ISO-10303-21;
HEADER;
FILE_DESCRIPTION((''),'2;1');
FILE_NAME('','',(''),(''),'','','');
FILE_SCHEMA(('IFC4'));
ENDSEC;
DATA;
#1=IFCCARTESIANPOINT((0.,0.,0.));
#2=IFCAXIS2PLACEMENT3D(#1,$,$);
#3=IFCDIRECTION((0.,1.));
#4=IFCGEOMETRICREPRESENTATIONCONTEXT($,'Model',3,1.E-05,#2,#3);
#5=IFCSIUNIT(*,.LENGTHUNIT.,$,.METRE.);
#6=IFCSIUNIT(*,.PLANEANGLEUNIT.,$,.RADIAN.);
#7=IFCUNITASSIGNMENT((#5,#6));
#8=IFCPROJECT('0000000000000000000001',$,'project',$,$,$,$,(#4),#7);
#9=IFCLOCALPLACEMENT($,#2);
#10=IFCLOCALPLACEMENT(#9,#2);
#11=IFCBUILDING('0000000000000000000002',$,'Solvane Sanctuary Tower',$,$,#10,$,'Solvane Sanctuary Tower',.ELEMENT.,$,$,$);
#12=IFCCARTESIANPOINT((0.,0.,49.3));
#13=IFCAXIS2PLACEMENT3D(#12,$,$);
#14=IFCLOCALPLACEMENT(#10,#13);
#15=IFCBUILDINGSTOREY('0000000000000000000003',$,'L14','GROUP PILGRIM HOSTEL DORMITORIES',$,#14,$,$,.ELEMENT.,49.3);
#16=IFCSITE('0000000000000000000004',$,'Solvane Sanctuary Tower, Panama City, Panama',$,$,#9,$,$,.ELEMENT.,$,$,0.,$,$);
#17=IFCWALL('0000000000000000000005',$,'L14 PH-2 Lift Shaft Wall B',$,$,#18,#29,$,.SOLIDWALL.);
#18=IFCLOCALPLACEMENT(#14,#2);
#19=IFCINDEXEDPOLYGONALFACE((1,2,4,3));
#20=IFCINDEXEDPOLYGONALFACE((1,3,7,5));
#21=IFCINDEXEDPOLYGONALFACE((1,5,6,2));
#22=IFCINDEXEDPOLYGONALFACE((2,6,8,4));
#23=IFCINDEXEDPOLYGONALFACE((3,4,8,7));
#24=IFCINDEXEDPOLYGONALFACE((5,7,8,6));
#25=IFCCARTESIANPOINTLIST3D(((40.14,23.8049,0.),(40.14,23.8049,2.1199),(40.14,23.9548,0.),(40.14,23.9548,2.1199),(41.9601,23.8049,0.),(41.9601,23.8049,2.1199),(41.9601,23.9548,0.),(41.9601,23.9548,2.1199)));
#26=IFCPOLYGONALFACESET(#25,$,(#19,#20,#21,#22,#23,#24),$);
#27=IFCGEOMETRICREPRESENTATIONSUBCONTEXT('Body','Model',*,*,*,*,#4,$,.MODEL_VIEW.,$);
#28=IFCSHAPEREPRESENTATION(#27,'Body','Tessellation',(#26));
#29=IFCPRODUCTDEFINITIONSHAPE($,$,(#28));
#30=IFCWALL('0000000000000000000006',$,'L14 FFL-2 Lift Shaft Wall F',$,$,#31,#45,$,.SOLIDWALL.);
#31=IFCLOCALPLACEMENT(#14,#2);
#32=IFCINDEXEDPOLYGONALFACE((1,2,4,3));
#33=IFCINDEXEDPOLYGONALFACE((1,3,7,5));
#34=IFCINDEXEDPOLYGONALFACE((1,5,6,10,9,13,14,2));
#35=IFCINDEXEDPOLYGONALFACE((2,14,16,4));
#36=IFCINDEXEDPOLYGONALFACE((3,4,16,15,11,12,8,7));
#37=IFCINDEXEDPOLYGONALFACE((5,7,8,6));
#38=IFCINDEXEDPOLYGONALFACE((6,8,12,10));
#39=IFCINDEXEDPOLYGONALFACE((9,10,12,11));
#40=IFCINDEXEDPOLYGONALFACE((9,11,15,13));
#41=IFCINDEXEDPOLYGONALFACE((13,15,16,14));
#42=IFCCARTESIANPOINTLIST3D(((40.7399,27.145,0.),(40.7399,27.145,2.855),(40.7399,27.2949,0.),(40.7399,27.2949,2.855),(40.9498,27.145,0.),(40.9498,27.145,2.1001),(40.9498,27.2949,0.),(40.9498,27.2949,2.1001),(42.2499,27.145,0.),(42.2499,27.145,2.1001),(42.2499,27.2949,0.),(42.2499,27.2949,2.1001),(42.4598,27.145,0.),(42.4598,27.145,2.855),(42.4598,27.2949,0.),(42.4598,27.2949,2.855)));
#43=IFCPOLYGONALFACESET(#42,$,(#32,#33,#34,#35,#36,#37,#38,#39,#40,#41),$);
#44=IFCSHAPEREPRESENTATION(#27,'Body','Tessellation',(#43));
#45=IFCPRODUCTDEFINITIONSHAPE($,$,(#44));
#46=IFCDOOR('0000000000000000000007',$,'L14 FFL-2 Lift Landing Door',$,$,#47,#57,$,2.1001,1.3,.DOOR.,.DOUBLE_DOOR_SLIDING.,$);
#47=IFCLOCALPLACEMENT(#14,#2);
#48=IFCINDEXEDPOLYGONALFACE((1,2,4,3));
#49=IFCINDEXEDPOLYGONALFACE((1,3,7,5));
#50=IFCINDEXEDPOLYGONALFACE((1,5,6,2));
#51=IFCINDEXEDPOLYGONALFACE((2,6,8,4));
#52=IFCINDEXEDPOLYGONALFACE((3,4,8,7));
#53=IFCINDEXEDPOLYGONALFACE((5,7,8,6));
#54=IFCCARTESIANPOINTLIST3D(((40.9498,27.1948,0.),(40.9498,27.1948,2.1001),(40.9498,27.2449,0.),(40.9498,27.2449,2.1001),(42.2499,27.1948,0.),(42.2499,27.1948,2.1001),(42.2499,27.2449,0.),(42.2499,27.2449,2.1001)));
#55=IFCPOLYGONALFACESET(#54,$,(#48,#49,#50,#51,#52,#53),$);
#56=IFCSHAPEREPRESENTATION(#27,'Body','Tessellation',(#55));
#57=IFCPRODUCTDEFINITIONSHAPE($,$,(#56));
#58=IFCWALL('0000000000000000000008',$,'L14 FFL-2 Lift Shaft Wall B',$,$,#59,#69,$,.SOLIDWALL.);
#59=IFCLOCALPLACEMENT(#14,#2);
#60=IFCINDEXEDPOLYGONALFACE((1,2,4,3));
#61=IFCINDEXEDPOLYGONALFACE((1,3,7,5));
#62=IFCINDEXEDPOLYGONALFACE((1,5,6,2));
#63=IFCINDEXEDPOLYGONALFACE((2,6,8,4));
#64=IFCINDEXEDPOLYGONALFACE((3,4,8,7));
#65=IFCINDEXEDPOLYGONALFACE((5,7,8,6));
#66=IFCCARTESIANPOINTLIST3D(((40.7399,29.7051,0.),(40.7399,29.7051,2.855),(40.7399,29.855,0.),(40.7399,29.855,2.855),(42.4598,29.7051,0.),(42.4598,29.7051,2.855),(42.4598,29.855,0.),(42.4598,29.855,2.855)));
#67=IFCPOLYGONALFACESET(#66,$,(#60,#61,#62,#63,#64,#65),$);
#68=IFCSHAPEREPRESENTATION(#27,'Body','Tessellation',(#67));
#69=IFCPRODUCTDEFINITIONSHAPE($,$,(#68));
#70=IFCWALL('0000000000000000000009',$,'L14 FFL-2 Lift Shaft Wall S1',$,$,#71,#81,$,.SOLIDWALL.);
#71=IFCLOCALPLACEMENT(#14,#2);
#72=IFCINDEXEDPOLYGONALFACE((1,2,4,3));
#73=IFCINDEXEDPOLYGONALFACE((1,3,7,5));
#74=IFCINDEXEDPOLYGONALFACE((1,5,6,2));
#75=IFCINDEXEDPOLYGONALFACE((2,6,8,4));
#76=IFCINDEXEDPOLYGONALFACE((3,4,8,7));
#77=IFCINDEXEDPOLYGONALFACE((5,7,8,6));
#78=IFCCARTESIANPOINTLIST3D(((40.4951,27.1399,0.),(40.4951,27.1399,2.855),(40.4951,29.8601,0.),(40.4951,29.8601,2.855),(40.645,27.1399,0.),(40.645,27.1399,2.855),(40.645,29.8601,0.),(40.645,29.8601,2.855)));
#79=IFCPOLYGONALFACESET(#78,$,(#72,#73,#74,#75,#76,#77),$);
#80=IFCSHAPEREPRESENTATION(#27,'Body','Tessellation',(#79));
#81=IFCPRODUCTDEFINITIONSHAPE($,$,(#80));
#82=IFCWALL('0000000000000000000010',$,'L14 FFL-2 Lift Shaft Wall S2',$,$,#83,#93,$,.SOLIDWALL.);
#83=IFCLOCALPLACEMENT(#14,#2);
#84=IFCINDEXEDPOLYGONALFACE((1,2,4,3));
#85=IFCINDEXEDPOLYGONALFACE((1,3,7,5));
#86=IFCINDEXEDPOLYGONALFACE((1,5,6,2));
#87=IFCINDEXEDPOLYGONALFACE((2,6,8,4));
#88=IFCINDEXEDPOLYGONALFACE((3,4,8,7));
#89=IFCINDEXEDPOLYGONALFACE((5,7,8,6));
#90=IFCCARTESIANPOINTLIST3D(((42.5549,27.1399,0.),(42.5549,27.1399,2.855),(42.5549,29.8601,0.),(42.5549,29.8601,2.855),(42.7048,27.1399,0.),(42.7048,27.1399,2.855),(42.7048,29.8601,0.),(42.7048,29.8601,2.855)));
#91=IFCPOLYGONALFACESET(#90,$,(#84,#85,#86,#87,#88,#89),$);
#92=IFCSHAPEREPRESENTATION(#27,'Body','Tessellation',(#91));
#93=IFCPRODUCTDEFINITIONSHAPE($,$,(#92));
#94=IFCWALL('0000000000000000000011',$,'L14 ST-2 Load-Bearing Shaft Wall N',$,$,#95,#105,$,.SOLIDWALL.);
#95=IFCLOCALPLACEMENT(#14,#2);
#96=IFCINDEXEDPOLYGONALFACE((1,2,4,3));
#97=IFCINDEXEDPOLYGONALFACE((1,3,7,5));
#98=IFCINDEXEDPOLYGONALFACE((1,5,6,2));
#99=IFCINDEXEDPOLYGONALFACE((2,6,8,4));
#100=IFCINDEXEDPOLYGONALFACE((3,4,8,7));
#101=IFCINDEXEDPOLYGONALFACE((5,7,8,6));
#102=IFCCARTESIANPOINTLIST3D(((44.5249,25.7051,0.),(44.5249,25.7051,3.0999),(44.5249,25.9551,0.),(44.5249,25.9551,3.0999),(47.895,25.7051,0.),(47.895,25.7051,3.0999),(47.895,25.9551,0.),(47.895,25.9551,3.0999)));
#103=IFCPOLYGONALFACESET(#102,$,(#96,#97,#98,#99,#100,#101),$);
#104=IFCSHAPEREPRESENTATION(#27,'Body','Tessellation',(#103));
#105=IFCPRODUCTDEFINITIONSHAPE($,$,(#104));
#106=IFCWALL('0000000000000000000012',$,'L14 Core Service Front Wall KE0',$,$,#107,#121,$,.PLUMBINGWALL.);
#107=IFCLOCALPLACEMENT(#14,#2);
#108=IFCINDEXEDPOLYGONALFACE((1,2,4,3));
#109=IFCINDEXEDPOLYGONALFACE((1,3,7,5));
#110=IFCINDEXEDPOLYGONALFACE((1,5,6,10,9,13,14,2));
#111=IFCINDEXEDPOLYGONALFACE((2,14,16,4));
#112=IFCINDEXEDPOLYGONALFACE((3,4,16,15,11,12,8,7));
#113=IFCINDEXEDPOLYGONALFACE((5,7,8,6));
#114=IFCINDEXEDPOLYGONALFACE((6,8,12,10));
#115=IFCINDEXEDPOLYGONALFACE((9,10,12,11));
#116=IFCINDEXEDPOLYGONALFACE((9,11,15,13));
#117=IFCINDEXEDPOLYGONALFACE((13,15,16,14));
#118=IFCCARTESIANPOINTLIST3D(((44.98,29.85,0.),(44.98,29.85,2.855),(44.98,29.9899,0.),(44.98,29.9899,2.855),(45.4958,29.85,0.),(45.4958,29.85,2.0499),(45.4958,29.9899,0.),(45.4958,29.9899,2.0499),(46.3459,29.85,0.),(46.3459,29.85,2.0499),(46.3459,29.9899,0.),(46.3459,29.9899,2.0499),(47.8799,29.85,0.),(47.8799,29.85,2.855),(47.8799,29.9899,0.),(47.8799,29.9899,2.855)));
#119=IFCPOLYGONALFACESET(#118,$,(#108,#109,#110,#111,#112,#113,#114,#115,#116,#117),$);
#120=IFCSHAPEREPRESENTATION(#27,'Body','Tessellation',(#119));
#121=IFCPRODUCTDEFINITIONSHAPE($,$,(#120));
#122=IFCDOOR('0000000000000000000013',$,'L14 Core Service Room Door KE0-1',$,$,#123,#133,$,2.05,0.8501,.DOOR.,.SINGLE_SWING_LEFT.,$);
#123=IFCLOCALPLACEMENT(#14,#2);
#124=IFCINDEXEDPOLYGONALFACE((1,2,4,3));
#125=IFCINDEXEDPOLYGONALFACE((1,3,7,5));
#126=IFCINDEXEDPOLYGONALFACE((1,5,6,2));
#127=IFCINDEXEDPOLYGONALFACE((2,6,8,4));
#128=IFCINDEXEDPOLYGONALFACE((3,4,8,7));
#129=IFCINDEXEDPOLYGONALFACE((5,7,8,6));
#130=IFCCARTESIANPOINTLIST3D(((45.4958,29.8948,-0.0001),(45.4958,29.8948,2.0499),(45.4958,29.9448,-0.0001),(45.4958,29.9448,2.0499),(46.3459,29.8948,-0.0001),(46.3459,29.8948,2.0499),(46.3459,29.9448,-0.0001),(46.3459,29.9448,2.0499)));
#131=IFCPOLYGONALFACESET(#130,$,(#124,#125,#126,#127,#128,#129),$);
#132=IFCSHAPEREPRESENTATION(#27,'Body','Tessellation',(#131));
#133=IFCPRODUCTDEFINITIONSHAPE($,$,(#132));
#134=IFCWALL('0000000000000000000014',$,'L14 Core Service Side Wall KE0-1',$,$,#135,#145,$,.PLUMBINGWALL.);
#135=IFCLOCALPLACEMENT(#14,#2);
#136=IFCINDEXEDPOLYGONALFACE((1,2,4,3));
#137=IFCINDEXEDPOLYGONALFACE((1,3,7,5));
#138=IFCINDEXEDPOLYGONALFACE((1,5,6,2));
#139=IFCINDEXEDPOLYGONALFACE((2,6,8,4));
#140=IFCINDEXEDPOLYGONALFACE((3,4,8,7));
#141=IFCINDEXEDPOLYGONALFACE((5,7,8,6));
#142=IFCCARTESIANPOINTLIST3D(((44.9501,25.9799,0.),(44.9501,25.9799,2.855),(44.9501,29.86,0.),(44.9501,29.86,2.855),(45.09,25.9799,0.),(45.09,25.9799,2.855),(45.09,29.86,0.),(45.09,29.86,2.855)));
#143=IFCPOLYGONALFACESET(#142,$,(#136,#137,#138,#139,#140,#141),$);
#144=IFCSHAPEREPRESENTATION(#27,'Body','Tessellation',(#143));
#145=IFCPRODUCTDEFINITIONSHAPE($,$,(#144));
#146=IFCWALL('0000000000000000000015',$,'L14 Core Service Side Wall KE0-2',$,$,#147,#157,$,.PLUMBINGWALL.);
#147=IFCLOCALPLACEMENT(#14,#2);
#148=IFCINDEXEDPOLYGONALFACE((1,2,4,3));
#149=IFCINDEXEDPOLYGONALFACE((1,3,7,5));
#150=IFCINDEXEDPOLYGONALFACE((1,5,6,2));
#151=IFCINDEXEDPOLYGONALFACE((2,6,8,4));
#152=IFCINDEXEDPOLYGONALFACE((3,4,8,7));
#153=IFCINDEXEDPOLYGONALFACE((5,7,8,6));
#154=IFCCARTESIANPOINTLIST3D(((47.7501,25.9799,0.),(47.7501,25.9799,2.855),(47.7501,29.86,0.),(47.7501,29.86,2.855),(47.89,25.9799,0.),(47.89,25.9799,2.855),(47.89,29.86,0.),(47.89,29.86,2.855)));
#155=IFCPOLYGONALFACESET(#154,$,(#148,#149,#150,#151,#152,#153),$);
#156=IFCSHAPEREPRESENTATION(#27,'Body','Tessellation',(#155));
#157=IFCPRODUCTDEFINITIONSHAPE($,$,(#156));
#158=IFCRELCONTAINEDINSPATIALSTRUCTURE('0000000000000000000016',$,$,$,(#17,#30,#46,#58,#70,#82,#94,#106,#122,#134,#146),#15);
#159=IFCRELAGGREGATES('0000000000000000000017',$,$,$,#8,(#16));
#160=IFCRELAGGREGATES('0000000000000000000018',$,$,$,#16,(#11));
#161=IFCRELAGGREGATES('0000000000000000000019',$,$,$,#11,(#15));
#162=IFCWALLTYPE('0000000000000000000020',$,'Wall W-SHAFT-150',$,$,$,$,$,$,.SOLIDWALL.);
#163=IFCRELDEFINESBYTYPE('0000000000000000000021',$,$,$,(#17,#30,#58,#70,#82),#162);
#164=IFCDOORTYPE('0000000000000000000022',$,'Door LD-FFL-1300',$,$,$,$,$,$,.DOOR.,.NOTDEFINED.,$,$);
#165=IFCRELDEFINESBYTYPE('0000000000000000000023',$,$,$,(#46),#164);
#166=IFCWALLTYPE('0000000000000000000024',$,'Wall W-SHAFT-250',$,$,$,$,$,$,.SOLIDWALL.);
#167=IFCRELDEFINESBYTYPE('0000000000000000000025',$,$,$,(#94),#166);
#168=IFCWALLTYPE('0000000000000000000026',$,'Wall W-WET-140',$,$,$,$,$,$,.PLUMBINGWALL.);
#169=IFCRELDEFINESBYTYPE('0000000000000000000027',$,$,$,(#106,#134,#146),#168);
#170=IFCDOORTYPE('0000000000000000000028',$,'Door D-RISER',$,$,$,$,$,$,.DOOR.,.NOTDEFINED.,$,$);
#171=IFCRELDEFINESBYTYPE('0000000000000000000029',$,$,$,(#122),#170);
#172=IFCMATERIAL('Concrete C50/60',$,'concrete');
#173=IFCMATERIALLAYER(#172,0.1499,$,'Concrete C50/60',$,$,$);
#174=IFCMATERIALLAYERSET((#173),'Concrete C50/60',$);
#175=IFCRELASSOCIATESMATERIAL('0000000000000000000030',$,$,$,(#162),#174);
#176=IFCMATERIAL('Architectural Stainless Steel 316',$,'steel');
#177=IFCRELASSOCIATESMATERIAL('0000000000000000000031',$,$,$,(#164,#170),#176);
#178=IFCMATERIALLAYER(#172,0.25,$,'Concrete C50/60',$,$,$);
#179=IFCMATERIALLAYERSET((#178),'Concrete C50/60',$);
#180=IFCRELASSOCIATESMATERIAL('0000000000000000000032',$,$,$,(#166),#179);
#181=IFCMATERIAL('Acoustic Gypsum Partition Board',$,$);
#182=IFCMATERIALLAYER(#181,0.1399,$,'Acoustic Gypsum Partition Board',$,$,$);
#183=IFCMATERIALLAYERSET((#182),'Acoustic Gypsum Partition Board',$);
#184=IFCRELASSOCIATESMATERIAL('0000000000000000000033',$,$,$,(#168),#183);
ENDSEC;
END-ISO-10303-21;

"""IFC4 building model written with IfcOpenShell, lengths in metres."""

from ifc_helpers import new_model, si_unit, direction, frame, frame_2d, origin, place, context, subcontext, project, spatial, rectangle, extrude, material, layer, layer_set, type_object, element, fill, save


model = new_model("IFC4")

# Units and contexts
model_context = context("Model", 3, precision=1e-05, world=origin(), true_north=direction((0.0, 1.0)))
body_context = subcontext(model_context, "Body", "Model", "MODEL_VIEW")
ifc_project = project(units=[si_unit("LENGTHUNIT", "METRE"), si_unit("PLANEANGLEUNIT", "RADIAN")], contexts=[model_context])

# Site, building, storey
site_placement = place(None, origin())
site = spatial("IfcSite", under=ifc_project, at=site_placement, Name="Solvane Sanctuary Tower, Panama City, Panama", CompositionType="ELEMENT", RefElevation=0.0)
building_placement = place(site_placement, origin())
building = spatial("IfcBuilding", under=site, at=building_placement, Name="Solvane Sanctuary Tower", LongName="Solvane Sanctuary Tower", CompositionType="ELEMENT")
storey_placement = place(building_placement, frame((0.0, 0.0, 49.3)))
storey = spatial("IfcBuildingStorey", under=building, at=storey_placement, Name="L14", Description="GROUP PILGRIM HOSTEL DORMITORIES", CompositionType="ELEMENT", Elevation=49.3)

# Shared definitions
ifc_material_1 = material(Name="Acoustic Gypsum Partition Board")

# Wall
ifc_material_2 = material(Name="Concrete C50/60", Category="concrete")
ifc_layer_1 = layer(ifc_material_2, 0.1499, Name="Concrete C50/60")
ifc_layer_set_1 = layer_set([ifc_layer_1], Name="Concrete C50/60")
wall_type_1 = type_object("IfcWallType", Name="Wall W-SHAFT-150", PredefinedType="SOLIDWALL", material=ifc_layer_set_1)
for number, where, z_axis, x_axis, name in (
    (1, (40.1399, 23.8799, 0.0), (0.0, 0.0, 1.0), (1.0, 0.0, 0.0), "L14 PH-2 Lift Shaft Wall B"),
):
    element("IfcWall", number, at=place(storey_placement, frame(where, z_axis=z_axis, x_axis=x_axis)), inside=storey, type_object=wall_type_1, Name=name, PredefinedType="SOLIDWALL", context=body_context, shape_type="SweptSolid", body=[
        extrude(rectangle(XDim=1.8201, YDim=0.1499, at=frame_2d((0.9102, 0.0))), origin(), (0.0, 0.0, 1.0), 2.1199),
    ])

# Wall, opening, door
wall_1_placement = place(storey_placement, frame((40.74, 27.22, 0.0), z_axis=(0.0, 0.0, 1.0), x_axis=(1.0, 0.0, 0.0)))
wall_1 = element("IfcWall", 2, at=wall_1_placement, inside=storey, type_object=wall_type_1, Name="L14 FFL-2 Lift Shaft Wall F", PredefinedType="SOLIDWALL", context=body_context, shape_type="SweptSolid", body=[
    extrude(rectangle(XDim=1.72, YDim=0.1499, at=frame_2d((0.8599, 0.0))), origin(), (0.0, 0.0, 1.0), 2.855),
])
opening_1_placement = place(wall_1_placement, frame((0.21, 0.0, 0.0)))
opening_1 = element("IfcOpeningElement", 3, at=opening_1_placement, cuts=wall_1, PredefinedType="OPENING", context=body_context, shape_type="SweptSolid", body=[
    extrude(rectangle(XDim=1.3, YDim=2.1001, at=frame_2d((0.6499, 1.05))), frame((0.0, 0.085, 0.0), z_axis=(0.0, -1.0, 0.0), x_axis=(1.0, 0.0, 0.0)), (0.0, 0.0, 1.0), 0.1699),
])
ifc_material_3 = material(Name="Architectural Stainless Steel 316", Category="steel")
door_type_1 = type_object("IfcDoorType", Name="Door LD-FFL-1300", OperationType="NOTDEFINED", PredefinedType="DOOR", material=ifc_material_3)
door_1_placement = place(opening_1_placement, origin())
door_1 = element("IfcDoor", 4, at=door_1_placement, inside=storey, type_object=door_type_1, Name="L14 FFL-2 Lift Landing Door", OperationType="DOUBLE_DOOR_SLIDING", OverallHeight=2.1001, OverallWidth=1.3, PredefinedType="DOOR", context=body_context, shape_type="SweptSolid", body=[
    extrude(rectangle(XDim=1.3, YDim=2.1001, at=frame_2d((0.6499, 1.05))), frame((0.0, 0.0249, 0.0), z_axis=(0.0, -1.0, 0.0), x_axis=(1.0, 0.0, 0.0)), (0.0, 0.0, 1.0), 0.05),
])
fill(opening_1, door_1)

# Walls
wall_2_placement = place(storey_placement, frame((40.74, 29.78, 0.0), z_axis=(0.0, 0.0, 1.0), x_axis=(1.0, 0.0, 0.0)))
element("IfcWall", 5, at=wall_2_placement, inside=storey, type_object=wall_type_1, Name="L14 FFL-2 Lift Shaft Wall B", PredefinedType="SOLIDWALL", context=body_context, shape_type="SweptSolid", body=[
    extrude(rectangle(XDim=1.72, YDim=0.1499, at=frame_2d((0.8599, 0.0))), origin(), (0.0, 0.0, 1.0), 2.855),
])
for number, where, z_axis, x_axis, name in (
    (6, (40.5701, 27.1399, 0.0), (0.0, 0.0, 1.0), (0.0, 1.0, 0.0), "L14 FFL-2 Lift Shaft Wall S1"),
    (7, (42.6299, 27.1399, 0.0), (0.0, 0.0, 1.0), (0.0, 1.0, 0.0), "L14 FFL-2 Lift Shaft Wall S2"),
):
    element("IfcWall", number, at=place(storey_placement, frame(where, z_axis=z_axis, x_axis=x_axis)), inside=storey, type_object=wall_type_1, Name=name, PredefinedType="SOLIDWALL", context=body_context, shape_type="SweptSolid", body=[
        extrude(rectangle(XDim=2.7202, YDim=0.1499, at=frame_2d((1.3601, 0.0))), origin(), (0.0, 0.0, 1.0), 2.855),
    ])
ifc_layer_2 = layer(ifc_material_2, 0.25, Name="Concrete C50/60")
ifc_layer_set_2 = layer_set([ifc_layer_2], Name="Concrete C50/60")
wall_type_2 = type_object("IfcWallType", Name="Wall W-SHAFT-250", PredefinedType="SOLIDWALL", material=ifc_layer_set_2)
wall_3_placement = place(storey_placement, frame((44.5249, 25.8301, 0.0), z_axis=(0.0, 0.0, 1.0), x_axis=(1.0, 0.0, 0.0)))
element("IfcWall", 8, at=wall_3_placement, inside=storey, type_object=wall_type_2, Name="L14 ST-2 Load-Bearing Shaft Wall N", PredefinedType="SOLIDWALL", context=body_context, shape_type="SweptSolid", body=[
    extrude(rectangle(XDim=3.3701, YDim=0.25, at=frame_2d((1.6851, 0.0))), origin(), (0.0, 0.0, 1.0), 3.0999),
])

# Wall, opening, door
ifc_layer_3 = layer(ifc_material_1, 0.1399, Name="Acoustic Gypsum Partition Board")
ifc_layer_set_3 = layer_set([ifc_layer_3], Name="Acoustic Gypsum Partition Board")
wall_type_3 = type_object("IfcWallType", Name="Wall W-WET-140", PredefinedType="PLUMBINGWALL", material=ifc_layer_set_3)
wall_4_placement = place(storey_placement, frame((44.98, 29.9199, 0.0), z_axis=(0.0, 0.0, 1.0), x_axis=(1.0, 0.0, 0.0)))
wall_4 = element("IfcWall", 9, at=wall_4_placement, inside=storey, type_object=wall_type_3, Name="L14 Core Service Front Wall KE0", PredefinedType="PLUMBINGWALL", context=body_context, shape_type="SweptSolid", body=[
    extrude(rectangle(XDim=2.8999, YDim=0.1399, at=frame_2d((1.45, 0.0))), origin(), (0.0, 0.0, 1.0), 2.855),
])
opening_2_placement = place(wall_4_placement, frame((0.5159, 0.0, 0.0)))
opening_2 = element("IfcOpeningElement", 10, at=opening_2_placement, cuts=wall_4, PredefinedType="OPENING", context=body_context, shape_type="SweptSolid", body=[
    extrude(rectangle(XDim=0.8501, YDim=2.05, at=frame_2d((0.425, 1.0249))), frame((0.0, 0.0798, 0.0), z_axis=(0.0, -1.0, 0.0), x_axis=(1.0, 0.0, 0.0)), (0.0, 0.0, 1.0), 0.1599),
])
door_type_2 = type_object("IfcDoorType", Name="Door D-RISER", OperationType="NOTDEFINED", PredefinedType="DOOR", material=ifc_material_3)
door_2_placement = place(opening_2_placement, origin())
door_2 = element("IfcDoor", 11, at=door_2_placement, inside=storey, type_object=door_type_2, Name="L14 Core Service Room Door KE0-1", OperationType="SINGLE_SWING_LEFT", OverallHeight=2.05, OverallWidth=0.8501, PredefinedType="DOOR", context=body_context, shape_type="SweptSolid", body=[
    extrude(rectangle(XDim=0.8501, YDim=2.05, at=frame_2d((0.425, 1.0249))), frame((0.0, 0.0249, 0.0), z_axis=(0.0, -1.0, 0.0), x_axis=(1.0, 0.0, 0.0)), (0.0, 0.0, 1.0), 0.05),
])
fill(opening_2, door_2)

# Walls
for number, where, z_axis, x_axis, name in (
    (12, (45.02, 25.98, 0.0), (0.0, 0.0, 1.0), (0.0, 1.0, 0.0), "L14 Core Service Side Wall KE0-1"),
    (13, (47.8201, 25.98, 0.0), (0.0, 0.0, 1.0), (0.0, 1.0, 0.0), "L14 Core Service Side Wall KE0-2"),
):
    element("IfcWall", number, at=place(storey_placement, frame(where, z_axis=z_axis, x_axis=x_axis)), inside=storey, type_object=wall_type_3, Name=name, PredefinedType="PLUMBINGWALL", context=body_context, shape_type="SweptSolid", body=[
        extrude(rectangle(XDim=3.8801, YDim=0.1399, at=frame_2d((1.9399, 0.0))), origin(), (0.0, 0.0, 1.0), 2.855),
    ])

save(model, "model.ifc")
